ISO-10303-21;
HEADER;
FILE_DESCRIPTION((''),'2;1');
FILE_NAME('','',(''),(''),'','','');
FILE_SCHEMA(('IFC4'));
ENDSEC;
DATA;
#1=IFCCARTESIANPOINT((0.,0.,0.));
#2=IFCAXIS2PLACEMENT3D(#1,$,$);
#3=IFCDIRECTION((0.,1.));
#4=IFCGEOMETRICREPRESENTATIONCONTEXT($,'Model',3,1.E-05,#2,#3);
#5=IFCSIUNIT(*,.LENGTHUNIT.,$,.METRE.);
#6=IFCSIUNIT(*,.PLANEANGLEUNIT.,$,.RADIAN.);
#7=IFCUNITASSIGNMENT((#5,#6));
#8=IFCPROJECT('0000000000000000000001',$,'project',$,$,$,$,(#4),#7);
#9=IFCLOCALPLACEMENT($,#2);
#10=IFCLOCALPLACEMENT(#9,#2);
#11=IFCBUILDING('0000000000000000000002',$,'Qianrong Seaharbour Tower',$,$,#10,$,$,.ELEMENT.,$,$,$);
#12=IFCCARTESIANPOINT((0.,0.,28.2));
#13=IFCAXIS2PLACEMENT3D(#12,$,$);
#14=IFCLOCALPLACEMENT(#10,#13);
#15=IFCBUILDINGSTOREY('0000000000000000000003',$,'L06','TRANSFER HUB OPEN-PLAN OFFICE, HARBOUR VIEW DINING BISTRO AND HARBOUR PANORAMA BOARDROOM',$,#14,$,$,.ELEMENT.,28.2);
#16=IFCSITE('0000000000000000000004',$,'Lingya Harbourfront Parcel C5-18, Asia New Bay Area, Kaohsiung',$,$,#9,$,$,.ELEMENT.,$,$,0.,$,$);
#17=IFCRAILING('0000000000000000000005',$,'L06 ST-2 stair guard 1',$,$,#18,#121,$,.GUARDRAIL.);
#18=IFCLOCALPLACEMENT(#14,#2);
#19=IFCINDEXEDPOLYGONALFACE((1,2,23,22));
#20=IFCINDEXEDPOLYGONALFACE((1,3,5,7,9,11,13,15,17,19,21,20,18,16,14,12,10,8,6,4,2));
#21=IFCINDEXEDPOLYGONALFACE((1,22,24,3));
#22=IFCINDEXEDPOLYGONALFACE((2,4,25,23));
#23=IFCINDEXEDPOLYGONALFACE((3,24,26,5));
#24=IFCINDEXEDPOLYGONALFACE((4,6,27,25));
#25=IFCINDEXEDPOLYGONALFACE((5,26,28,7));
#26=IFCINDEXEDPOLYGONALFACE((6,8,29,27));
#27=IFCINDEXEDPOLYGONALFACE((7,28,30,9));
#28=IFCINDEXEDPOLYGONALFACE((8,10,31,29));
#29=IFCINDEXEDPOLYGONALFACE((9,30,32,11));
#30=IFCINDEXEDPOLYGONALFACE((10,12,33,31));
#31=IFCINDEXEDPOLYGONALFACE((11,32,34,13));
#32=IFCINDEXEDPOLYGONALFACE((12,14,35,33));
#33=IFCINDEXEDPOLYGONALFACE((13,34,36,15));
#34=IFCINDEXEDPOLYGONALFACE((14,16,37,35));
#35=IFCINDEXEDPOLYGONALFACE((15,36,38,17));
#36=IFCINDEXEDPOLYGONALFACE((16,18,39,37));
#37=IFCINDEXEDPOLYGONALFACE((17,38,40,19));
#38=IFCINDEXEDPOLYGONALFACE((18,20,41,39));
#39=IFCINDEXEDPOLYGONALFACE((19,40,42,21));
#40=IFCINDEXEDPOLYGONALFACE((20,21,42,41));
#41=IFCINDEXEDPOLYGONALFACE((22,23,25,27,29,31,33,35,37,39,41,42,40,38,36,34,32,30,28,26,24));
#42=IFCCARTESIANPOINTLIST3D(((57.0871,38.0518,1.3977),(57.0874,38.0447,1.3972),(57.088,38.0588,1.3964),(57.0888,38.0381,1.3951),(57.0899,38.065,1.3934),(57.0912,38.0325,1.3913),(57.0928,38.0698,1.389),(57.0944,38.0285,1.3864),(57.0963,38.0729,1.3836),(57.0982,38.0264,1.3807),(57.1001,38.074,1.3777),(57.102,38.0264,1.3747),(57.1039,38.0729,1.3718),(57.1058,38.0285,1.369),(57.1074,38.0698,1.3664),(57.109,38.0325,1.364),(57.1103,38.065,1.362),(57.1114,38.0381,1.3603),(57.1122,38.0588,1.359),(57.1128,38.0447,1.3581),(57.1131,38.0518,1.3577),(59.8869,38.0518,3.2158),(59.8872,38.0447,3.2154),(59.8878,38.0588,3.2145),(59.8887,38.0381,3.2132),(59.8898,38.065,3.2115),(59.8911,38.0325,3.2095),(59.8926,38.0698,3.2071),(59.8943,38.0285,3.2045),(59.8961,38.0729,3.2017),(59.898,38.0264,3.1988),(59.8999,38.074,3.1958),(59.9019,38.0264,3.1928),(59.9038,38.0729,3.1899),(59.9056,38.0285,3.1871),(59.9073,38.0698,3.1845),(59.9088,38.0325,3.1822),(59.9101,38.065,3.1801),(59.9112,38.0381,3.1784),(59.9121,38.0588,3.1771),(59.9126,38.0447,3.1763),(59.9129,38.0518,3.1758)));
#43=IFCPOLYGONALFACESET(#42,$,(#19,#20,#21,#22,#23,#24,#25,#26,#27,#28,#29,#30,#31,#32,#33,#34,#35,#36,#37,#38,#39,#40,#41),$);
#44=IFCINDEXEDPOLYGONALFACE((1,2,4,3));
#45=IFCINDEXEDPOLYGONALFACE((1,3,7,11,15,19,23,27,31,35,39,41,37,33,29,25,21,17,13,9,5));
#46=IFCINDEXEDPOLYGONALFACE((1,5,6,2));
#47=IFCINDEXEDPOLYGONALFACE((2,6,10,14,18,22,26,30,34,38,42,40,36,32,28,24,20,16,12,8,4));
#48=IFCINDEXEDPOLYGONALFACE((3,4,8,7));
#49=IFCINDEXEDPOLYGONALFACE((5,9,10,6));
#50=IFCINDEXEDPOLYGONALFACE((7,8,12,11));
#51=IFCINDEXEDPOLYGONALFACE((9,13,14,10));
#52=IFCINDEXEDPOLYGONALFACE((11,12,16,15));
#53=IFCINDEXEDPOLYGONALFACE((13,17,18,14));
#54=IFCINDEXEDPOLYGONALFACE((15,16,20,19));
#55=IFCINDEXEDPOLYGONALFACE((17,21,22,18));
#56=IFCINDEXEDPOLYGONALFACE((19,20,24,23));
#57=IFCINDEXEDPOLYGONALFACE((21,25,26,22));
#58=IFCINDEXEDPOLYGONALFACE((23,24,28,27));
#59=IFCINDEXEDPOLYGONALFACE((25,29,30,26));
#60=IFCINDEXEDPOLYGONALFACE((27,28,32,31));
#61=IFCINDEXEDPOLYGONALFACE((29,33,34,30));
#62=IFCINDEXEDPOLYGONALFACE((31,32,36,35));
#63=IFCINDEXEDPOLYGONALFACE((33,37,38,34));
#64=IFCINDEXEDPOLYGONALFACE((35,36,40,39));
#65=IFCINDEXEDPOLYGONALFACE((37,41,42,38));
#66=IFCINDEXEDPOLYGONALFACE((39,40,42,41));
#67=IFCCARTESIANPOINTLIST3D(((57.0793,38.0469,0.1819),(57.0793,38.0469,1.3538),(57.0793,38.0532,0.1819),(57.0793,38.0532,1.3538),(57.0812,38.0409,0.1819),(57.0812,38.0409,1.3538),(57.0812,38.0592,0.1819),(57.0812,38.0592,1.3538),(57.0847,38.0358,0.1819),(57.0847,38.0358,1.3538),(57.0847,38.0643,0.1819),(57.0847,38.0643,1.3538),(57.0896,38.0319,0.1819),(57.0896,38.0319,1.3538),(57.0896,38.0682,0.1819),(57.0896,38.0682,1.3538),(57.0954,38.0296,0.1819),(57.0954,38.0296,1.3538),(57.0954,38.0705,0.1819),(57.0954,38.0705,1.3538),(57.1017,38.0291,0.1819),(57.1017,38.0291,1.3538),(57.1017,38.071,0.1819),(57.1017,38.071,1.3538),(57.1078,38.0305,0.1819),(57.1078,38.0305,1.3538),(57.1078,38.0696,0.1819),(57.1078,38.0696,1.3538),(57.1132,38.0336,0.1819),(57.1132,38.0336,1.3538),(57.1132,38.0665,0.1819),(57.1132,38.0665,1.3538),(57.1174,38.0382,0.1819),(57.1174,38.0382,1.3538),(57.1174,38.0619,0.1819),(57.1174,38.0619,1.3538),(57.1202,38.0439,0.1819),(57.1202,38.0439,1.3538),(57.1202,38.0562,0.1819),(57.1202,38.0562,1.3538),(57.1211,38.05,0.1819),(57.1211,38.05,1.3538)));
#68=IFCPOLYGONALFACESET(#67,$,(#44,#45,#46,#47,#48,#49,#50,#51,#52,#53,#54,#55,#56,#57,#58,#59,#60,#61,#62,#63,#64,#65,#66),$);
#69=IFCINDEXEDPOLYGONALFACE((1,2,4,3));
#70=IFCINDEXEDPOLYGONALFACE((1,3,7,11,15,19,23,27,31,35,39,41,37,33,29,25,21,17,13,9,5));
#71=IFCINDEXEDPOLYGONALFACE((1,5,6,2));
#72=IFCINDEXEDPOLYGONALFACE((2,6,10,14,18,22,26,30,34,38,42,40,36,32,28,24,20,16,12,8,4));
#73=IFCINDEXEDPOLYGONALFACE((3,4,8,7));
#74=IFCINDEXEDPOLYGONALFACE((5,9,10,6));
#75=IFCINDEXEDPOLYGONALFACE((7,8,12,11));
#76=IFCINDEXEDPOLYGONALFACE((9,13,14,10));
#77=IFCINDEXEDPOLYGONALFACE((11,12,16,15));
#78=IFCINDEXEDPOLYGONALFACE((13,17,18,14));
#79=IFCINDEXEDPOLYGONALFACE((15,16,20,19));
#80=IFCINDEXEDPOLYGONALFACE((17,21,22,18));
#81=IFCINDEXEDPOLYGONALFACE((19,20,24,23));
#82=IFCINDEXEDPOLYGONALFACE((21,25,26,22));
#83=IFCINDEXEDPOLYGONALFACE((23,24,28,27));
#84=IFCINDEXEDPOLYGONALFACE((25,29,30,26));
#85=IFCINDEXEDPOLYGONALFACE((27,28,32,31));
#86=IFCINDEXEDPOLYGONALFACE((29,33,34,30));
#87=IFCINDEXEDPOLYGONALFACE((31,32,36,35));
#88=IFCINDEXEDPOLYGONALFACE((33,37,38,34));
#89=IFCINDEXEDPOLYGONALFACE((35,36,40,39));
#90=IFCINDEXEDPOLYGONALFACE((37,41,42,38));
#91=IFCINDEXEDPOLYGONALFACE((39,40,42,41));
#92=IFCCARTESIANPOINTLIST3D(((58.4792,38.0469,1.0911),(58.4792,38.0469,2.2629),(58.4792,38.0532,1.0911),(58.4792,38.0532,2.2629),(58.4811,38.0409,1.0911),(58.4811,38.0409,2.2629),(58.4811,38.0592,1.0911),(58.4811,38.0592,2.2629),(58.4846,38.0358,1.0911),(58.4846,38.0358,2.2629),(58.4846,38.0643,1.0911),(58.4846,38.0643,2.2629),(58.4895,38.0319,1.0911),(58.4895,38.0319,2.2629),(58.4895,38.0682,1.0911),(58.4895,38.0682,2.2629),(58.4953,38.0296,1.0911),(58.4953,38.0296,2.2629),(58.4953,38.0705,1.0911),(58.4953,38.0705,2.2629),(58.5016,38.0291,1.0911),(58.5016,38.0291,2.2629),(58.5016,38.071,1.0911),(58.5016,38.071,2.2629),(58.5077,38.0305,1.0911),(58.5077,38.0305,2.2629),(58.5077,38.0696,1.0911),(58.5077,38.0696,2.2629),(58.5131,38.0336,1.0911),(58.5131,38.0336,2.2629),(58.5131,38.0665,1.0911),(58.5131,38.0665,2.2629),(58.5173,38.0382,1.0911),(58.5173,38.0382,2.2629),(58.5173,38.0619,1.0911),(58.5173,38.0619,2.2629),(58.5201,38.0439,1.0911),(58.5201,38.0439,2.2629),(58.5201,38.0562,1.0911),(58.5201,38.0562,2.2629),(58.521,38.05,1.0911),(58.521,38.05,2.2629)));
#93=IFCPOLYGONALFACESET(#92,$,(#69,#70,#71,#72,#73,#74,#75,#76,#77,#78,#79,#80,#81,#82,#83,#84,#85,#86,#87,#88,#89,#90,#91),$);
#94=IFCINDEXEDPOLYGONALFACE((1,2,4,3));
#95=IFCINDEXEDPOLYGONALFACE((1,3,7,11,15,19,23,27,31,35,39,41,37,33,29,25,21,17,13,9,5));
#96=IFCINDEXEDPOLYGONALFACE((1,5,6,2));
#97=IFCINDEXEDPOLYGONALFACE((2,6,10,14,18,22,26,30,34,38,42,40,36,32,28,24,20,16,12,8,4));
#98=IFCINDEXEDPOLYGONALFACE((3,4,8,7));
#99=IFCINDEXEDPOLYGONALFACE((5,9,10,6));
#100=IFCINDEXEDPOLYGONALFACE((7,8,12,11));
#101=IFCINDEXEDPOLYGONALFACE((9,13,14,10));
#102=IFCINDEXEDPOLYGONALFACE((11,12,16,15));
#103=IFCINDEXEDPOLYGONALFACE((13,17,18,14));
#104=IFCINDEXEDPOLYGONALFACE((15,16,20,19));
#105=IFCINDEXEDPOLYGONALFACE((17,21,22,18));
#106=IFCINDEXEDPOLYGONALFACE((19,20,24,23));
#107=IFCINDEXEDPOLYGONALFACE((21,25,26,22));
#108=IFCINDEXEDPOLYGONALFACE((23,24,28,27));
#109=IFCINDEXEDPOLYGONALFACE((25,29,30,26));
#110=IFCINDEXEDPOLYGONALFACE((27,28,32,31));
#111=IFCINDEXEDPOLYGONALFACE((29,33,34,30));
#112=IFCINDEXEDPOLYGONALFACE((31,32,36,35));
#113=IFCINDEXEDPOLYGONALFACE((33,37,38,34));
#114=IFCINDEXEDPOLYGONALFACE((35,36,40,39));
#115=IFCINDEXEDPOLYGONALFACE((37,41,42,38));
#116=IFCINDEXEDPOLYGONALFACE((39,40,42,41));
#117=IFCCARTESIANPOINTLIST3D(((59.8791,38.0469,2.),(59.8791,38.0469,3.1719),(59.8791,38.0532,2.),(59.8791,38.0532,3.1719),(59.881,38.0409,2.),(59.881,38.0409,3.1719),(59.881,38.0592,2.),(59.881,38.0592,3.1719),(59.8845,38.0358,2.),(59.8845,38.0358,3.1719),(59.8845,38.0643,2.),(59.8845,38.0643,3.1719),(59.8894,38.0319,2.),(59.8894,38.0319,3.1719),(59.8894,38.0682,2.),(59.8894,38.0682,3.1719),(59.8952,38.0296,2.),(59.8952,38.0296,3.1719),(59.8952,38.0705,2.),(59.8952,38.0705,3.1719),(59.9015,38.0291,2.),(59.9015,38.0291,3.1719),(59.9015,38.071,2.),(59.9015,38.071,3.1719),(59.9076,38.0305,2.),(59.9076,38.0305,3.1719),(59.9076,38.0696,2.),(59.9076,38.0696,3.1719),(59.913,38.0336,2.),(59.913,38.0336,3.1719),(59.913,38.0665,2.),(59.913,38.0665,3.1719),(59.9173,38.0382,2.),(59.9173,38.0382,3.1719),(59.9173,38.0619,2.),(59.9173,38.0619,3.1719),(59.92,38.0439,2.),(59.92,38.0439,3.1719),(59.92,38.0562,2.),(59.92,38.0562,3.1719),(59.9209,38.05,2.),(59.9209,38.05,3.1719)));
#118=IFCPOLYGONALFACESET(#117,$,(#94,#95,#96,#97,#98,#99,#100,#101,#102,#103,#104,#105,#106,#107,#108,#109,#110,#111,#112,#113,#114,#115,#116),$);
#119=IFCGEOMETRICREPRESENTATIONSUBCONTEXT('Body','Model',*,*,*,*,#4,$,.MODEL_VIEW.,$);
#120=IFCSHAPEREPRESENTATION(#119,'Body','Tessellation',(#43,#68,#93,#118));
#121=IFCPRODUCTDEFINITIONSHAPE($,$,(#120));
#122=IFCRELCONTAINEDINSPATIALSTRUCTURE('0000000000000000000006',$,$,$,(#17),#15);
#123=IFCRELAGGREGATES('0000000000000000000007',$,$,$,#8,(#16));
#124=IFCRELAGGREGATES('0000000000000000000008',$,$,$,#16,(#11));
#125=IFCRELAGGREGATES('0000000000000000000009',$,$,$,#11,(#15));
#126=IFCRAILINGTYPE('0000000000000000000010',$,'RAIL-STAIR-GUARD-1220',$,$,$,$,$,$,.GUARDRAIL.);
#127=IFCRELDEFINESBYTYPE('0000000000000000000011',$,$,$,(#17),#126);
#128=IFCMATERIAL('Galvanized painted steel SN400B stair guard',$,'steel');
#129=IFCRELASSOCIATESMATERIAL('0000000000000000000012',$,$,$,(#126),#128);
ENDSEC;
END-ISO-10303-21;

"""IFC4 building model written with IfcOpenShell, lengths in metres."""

from ifc_helpers import new_model, si_unit, direction, frame, origin, origin_2d, place, context, subcontext, project, spatial, circle, extrude, material, type_object, element, save


model = new_model("IFC4")

# Units and contexts
model_context = context("Model", 3, precision=1e-05, world=origin(), true_north=direction((0.0, 1.0)))
body_context = subcontext(model_context, "Body", "Model", "MODEL_VIEW")
ifc_project = project(units=[si_unit("LENGTHUNIT", "METRE"), si_unit("PLANEANGLEUNIT", "RADIAN")], contexts=[model_context])

# Site, building, storey
site_placement = place(None, origin())
site = spatial("IfcSite", under=ifc_project, at=site_placement, Name="Lingya Harbourfront Parcel C5-18, Asia New Bay Area, Kaohsiung", CompositionType="ELEMENT", RefElevation=0.0)
building_placement = place(site_placement, origin())
building = spatial("IfcBuilding", under=site, at=building_placement, Name="Qianrong Seaharbour Tower", CompositionType="ELEMENT")
storey_placement = place(building_placement, frame((0.0, 0.0, 28.2)))
storey = spatial("IfcBuildingStorey", under=building, at=storey_placement, Name="L06", Description="TRANSFER HUB OPEN-PLAN OFFICE, HARBOUR VIEW DINING BISTRO AND HARBOUR PANORAMA BOARDROOM", CompositionType="ELEMENT", Elevation=28.2)

# Railing
ifc_material_1 = material(Name="Galvanized painted steel SN400B stair guard", Category="steel")
railing_type_1 = type_object("IfcRailingType", Name="RAIL-STAIR-GUARD-1220", PredefinedType="GUARDRAIL", material=ifc_material_1)
railing_1_placement = place(storey_placement, frame((57.1001, 38.05, 0.1819)))
element("IfcRailing", 1, at=railing_1_placement, inside=storey, type_object=railing_type_1, Name="L06 ST-2 stair guard 1", PredefinedType="GUARDRAIL", context=body_context, shape_type="SweptSolid", body=[
    extrude(circle(Radius=0.0239, at=origin_2d()), frame((0.0, 0.0, 1.1958), z_axis=(0.838684, 0.0, 0.544618), x_axis=(0.0, 1.0, 0.0)), (0.0, 0.0, 1.0), 3.3384),
    extrude(circle(Radius=0.021, at=origin_2d()), origin(), (0.0, 0.0, 1.0), 1.1719),
    extrude(circle(Radius=0.021, at=origin_2d()), frame((1.3999, 0.0, 0.9092)), (0.0, 0.0, 1.0), 1.1719),
    extrude(circle(Radius=0.021, at=origin_2d()), frame((2.7998, 0.0, 1.8181)), (0.0, 0.0, 1.0), 1.1719),
])

save(model, "model.ifc")
